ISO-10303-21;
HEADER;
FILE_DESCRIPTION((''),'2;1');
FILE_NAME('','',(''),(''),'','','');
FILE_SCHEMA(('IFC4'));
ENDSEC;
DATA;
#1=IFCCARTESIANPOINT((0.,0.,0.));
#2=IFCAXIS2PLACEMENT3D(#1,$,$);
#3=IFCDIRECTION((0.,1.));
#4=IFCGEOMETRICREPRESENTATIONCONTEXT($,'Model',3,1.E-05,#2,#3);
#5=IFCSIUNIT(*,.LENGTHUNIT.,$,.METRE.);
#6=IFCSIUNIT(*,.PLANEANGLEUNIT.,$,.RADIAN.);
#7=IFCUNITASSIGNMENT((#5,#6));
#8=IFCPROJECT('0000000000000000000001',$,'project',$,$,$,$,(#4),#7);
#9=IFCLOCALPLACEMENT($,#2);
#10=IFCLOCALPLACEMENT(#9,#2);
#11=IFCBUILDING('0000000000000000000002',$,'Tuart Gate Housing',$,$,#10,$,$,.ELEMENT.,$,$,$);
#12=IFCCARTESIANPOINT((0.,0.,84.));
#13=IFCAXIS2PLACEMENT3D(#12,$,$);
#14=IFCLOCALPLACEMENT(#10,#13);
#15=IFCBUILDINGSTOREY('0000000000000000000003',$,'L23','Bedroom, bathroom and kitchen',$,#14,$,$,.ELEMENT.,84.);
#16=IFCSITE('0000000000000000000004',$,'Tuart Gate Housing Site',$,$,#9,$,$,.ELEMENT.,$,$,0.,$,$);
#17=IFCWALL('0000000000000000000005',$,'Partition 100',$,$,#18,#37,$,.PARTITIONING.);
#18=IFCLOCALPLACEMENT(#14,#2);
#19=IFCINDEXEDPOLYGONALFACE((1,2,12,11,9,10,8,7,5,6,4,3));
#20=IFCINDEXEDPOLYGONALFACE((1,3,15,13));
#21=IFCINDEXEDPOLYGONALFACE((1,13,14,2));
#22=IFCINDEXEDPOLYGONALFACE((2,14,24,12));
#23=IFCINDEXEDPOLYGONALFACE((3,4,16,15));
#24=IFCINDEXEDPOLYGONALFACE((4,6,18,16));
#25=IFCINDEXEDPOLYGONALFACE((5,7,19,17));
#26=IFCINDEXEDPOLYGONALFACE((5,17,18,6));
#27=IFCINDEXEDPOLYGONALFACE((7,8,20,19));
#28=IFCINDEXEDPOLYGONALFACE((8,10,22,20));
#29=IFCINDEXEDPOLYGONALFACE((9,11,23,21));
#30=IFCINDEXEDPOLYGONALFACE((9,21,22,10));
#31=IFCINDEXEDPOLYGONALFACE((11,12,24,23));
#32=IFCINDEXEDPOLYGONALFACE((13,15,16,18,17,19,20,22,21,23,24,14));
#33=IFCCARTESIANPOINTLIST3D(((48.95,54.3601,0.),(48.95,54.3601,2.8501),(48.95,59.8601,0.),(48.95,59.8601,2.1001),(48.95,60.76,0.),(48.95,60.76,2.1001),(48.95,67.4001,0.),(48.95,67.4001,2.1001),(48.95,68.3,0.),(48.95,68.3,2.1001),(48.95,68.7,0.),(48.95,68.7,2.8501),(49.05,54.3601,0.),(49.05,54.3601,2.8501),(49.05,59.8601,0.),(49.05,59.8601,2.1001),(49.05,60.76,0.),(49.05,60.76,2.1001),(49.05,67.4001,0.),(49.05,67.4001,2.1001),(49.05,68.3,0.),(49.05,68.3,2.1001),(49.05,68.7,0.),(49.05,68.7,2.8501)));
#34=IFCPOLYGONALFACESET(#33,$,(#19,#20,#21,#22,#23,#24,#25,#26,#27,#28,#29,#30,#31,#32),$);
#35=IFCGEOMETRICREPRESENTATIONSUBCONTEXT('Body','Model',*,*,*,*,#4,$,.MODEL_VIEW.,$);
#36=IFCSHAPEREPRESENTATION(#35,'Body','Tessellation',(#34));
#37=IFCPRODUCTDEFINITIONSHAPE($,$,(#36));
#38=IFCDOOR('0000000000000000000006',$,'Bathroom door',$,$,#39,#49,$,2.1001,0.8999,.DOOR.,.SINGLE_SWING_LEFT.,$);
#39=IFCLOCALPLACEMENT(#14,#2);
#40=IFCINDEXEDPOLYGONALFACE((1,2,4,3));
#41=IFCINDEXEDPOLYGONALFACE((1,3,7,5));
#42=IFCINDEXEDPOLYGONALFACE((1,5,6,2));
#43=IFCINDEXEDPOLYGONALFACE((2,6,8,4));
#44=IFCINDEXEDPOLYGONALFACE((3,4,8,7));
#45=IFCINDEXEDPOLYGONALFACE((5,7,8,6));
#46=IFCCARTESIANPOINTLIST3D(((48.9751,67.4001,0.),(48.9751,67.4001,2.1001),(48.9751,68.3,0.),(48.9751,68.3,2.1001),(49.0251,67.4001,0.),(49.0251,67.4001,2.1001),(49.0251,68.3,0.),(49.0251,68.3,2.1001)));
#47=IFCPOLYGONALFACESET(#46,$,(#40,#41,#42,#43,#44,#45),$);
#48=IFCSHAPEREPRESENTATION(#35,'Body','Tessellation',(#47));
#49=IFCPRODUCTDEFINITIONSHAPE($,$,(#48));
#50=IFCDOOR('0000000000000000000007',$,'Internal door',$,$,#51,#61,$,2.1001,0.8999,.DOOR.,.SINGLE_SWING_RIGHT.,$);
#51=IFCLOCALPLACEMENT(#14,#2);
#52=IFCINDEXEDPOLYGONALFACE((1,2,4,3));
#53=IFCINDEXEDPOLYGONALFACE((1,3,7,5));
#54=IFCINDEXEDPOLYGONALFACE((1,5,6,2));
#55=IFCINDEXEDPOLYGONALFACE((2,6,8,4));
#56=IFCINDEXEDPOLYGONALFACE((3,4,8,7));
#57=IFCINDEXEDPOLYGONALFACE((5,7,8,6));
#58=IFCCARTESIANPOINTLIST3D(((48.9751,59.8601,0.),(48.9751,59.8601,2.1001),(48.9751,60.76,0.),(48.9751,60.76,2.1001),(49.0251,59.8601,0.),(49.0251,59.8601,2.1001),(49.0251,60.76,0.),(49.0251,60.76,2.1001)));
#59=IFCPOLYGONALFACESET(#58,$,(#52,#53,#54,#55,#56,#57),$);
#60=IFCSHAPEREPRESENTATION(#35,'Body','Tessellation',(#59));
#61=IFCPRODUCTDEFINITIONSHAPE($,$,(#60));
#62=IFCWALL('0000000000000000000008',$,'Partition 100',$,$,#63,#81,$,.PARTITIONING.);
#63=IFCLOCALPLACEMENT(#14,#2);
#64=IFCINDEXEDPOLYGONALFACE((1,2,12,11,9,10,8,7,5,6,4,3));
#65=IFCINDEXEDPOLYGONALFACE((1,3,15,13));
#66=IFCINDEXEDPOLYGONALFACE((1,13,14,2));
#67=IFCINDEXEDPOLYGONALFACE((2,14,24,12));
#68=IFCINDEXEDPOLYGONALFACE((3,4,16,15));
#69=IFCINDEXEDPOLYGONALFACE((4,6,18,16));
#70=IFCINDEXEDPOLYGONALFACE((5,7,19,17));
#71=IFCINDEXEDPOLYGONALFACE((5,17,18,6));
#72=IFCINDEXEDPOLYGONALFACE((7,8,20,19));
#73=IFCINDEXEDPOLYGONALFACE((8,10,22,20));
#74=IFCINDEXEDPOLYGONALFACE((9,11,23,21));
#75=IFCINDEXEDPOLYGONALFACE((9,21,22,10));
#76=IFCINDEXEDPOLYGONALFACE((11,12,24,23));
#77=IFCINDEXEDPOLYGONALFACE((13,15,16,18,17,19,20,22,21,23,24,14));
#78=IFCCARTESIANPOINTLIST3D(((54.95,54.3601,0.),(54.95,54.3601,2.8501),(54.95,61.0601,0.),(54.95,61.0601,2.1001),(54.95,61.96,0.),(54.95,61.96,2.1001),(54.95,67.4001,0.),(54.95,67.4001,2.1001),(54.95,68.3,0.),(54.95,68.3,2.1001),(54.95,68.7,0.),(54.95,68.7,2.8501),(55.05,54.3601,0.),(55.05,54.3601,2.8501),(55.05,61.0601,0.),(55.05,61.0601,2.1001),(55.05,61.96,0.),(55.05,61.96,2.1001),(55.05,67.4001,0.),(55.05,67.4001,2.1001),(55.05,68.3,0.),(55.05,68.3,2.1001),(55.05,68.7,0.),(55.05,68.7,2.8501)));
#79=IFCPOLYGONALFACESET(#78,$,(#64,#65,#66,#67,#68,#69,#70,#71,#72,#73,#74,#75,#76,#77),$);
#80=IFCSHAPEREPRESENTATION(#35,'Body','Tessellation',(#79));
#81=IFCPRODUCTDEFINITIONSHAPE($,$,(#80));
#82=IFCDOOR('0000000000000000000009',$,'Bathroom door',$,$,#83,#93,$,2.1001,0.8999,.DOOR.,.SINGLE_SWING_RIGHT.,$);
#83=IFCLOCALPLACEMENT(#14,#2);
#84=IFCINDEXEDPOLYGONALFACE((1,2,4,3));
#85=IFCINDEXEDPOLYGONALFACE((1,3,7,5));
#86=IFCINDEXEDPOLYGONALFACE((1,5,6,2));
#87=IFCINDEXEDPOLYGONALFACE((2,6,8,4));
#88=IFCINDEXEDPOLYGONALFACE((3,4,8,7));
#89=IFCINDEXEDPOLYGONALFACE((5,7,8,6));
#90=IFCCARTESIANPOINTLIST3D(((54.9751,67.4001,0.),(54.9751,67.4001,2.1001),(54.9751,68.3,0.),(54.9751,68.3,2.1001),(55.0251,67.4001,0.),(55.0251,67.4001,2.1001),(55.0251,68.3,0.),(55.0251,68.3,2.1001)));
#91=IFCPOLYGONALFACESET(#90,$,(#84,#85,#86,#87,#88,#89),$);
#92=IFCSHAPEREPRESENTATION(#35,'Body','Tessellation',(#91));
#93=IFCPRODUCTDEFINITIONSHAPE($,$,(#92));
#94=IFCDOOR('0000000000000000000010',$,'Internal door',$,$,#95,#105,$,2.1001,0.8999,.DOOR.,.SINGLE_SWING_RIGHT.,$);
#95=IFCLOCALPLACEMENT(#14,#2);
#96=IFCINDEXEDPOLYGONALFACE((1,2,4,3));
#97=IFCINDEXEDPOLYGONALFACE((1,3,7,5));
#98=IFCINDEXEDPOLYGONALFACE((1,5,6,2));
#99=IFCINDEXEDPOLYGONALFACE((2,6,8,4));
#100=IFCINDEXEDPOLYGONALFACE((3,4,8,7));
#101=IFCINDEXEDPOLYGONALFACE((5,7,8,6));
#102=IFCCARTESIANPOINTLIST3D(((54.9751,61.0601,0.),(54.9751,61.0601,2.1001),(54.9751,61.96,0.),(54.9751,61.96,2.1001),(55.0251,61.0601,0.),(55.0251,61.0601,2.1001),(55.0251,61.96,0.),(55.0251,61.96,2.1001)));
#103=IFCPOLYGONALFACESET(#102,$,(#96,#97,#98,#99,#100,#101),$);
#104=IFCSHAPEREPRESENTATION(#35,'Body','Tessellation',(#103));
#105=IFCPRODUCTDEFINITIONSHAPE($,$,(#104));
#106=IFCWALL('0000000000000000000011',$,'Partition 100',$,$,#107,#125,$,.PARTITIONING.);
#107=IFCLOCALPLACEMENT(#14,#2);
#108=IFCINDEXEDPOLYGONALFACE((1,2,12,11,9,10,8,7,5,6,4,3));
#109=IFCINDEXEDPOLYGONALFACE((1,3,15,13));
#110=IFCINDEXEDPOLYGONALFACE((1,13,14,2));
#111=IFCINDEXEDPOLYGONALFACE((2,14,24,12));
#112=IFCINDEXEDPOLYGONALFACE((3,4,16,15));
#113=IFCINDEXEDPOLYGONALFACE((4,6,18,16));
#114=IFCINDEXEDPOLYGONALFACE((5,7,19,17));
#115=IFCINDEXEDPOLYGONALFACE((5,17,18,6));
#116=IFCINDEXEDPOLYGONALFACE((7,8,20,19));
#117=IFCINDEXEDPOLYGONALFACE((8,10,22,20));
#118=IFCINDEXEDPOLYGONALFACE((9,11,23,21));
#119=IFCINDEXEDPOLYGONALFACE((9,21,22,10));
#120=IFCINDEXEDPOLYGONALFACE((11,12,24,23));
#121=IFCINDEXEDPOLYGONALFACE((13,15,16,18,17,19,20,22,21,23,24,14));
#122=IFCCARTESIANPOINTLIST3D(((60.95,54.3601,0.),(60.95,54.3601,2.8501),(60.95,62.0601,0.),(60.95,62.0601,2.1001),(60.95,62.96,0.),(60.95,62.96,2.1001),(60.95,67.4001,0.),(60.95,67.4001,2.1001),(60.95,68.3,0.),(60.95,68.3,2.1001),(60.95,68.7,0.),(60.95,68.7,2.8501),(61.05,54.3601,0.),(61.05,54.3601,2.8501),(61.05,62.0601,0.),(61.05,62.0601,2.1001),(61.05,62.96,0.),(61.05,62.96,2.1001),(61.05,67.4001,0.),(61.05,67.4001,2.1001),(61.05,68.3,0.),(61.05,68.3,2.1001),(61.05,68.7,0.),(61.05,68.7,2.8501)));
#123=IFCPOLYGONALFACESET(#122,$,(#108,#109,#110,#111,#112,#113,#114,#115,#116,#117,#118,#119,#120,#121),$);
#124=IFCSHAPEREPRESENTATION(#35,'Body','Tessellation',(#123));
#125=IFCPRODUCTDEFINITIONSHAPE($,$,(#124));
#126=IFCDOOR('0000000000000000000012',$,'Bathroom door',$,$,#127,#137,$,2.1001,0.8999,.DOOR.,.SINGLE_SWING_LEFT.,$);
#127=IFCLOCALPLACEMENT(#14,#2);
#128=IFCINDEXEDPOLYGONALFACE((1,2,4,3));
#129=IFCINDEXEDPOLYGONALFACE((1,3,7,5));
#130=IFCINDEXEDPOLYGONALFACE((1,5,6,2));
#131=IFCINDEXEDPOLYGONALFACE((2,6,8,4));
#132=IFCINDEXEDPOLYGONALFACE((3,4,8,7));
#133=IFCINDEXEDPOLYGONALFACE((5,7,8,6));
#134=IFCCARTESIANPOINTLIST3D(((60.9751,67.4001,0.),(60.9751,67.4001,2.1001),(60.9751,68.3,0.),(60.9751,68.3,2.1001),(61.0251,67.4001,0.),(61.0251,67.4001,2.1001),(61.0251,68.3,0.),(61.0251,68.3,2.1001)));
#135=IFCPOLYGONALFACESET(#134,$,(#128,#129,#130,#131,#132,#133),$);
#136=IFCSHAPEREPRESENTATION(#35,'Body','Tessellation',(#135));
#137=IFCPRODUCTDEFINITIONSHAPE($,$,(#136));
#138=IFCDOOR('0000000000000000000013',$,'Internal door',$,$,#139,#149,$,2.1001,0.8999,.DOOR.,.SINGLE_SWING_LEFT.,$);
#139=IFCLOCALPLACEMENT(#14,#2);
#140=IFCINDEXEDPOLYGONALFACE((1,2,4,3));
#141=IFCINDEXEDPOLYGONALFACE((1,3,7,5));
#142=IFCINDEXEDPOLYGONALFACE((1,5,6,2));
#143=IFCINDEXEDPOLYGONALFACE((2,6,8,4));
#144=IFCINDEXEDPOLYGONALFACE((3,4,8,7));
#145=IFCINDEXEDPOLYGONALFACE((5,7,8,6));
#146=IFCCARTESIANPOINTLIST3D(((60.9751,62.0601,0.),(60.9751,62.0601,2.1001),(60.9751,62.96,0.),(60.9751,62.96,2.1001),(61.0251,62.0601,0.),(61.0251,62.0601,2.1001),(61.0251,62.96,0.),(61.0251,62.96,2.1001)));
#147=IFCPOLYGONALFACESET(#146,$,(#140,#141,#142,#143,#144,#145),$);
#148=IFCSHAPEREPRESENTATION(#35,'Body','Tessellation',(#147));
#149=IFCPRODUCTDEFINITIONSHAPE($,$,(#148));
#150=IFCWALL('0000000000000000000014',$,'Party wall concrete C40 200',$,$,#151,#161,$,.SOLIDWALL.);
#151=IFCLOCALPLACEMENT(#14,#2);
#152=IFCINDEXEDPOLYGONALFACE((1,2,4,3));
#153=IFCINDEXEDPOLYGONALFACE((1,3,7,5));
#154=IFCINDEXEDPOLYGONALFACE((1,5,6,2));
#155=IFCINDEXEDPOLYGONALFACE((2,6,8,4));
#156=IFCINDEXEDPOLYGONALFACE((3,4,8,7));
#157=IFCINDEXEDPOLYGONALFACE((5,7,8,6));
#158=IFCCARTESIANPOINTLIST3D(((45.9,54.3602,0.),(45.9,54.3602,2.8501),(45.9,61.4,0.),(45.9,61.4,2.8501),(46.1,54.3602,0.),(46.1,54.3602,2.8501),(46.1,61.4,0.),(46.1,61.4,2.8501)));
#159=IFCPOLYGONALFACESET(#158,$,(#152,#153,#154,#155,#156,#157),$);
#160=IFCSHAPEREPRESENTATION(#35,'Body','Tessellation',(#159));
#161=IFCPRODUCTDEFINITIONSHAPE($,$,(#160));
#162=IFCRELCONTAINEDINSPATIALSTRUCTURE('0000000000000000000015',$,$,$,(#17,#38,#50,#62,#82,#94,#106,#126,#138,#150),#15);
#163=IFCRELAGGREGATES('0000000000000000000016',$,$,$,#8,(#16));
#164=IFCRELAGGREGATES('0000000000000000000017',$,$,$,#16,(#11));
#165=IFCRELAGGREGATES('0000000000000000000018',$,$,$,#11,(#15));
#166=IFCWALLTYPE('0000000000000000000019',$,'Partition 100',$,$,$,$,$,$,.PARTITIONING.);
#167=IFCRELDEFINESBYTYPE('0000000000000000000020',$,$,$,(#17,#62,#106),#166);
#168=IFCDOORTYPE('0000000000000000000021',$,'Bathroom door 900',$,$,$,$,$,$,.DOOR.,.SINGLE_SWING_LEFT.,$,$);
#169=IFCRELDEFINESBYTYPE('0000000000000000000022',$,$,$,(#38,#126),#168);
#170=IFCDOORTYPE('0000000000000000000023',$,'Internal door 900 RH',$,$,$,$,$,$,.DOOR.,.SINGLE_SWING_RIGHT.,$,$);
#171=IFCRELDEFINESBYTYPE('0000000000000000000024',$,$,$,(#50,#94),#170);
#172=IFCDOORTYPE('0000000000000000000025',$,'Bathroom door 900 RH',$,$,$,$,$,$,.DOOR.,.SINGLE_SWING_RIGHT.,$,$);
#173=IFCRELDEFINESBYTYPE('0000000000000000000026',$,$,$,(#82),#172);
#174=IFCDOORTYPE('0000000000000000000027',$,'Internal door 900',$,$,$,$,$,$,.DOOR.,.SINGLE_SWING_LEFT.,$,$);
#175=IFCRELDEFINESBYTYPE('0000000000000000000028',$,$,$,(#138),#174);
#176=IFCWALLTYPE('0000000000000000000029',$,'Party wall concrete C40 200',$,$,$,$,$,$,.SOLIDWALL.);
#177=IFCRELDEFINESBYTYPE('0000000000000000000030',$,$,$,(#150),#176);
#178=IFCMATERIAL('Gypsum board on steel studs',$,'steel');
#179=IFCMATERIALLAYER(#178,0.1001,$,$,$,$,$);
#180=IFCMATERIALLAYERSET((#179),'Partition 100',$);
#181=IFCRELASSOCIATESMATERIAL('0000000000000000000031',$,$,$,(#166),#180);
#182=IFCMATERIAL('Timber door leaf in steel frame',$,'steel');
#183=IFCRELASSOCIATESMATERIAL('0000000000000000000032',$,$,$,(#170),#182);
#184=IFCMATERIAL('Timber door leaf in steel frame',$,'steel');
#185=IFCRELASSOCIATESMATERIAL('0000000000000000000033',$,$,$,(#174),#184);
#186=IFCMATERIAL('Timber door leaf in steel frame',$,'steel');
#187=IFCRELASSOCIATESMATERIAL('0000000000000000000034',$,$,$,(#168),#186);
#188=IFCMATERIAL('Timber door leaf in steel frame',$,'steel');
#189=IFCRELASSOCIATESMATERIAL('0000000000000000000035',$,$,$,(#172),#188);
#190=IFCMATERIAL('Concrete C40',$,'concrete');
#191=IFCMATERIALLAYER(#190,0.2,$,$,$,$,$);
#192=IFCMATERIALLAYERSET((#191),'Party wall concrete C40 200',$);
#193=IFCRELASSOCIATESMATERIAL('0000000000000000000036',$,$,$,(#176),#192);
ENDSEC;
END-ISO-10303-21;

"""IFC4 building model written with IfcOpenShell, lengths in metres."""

from ifc_helpers import new_model, si_unit, direction, frame, frame_2d, origin, place, context, subcontext, project, spatial, rectangle, extrude, material, layer, layer_set, type_object, element, fill, save


model = new_model("IFC4")

# Units and contexts
model_context = context("Model", 3, precision=1e-05, world=origin(), true_north=direction((0.0, 1.0)))
body_context = subcontext(model_context, "Body", "Model", "MODEL_VIEW")
ifc_project = project(units=[si_unit("LENGTHUNIT", "METRE"), si_unit("PLANEANGLEUNIT", "RADIAN")], contexts=[model_context])

# Site, building, storey
site_placement = place(None, origin())
site = spatial("IfcSite", under=ifc_project, at=site_placement, Name="Tuart Gate Housing Site", CompositionType="ELEMENT", RefElevation=0.0)
building_placement = place(site_placement, origin())
building = spatial("IfcBuilding", under=site, at=building_placement, Name="Tuart Gate Housing", CompositionType="ELEMENT")
storey_placement = place(building_placement, frame((0.0, 0.0, 84.0)))
storey = spatial("IfcBuildingStorey", under=building, at=storey_placement, Name="L23", Description="Bedroom, bathroom and kitchen", CompositionType="ELEMENT", Elevation=84.0)

# Shared definitions
ifc_material_1 = material(Name="Gypsum board on steel studs", Category="steel")
ifc_layer_1 = layer(ifc_material_1, 0.1001)
ifc_layer_set_1 = layer_set([ifc_layer_1], Name="Partition 100")
wall_type_1 = type_object("IfcWallType", Name="Partition 100", PredefinedType="PARTITIONING", material=ifc_layer_set_1)
ifc_material_2 = material(Name="Timber door leaf in steel frame", Category="steel")
door_type_1 = type_object("IfcDoorType", Name="Internal door 900 RH", OperationType="SINGLE_SWING_RIGHT", PredefinedType="DOOR", material=ifc_material_2)
ifc_material_3 = material(Name="Timber door leaf in steel frame", Category="steel")
door_type_2 = type_object("IfcDoorType", Name="Internal door 900", OperationType="SINGLE_SWING_LEFT", PredefinedType="DOOR", material=ifc_material_3)

# Walls, openings, doors
wall_1_placement = place(storey_placement, frame((49.0, 54.3601, 0.0), z_axis=(0.0, 0.0, 1.0), x_axis=(0.0, 1.0, 0.0)))
wall_1 = element("IfcWall", 1, at=wall_1_placement, inside=storey, type_object=wall_type_1, Name="Partition 100", PredefinedType="PARTITIONING", context=body_context, shape_type="SweptSolid", body=[
    extrude(rectangle(XDim=14.3398, YDim=0.1001, at=frame_2d((7.1699, 0.0))), origin(), (0.0, 0.0, 1.0), 2.8501),
])
opening_1_placement = place(wall_1_placement, frame((5.5, 0.0, 0.0)))
opening_1 = element("IfcOpeningElement", 2, at=opening_1_placement, cuts=wall_1, PredefinedType="OPENING", context=body_context, shape_type="SweptSolid", body=[
    extrude(rectangle(XDim=0.8999, YDim=2.1001, at=frame_2d((0.45, 1.05))), frame((0.0, 0.0601, 0.0), z_axis=(0.0, -1.0, 0.0), x_axis=(1.0, 0.0, 0.0)), (0.0, 0.0, 1.0), 0.1201),
])
opening_2_placement = place(wall_1_placement, frame((13.04, 0.0, 0.0)))
opening_2 = element("IfcOpeningElement", 3, at=opening_2_placement, cuts=wall_1, PredefinedType="OPENING", context=body_context, shape_type="SweptSolid", body=[
    extrude(rectangle(XDim=0.8999, YDim=2.1001, at=frame_2d((0.45, 1.05))), frame((0.0, 0.0601, 0.0), z_axis=(0.0, -1.0, 0.0), x_axis=(1.0, 0.0, 0.0)), (0.0, 0.0, 1.0), 0.1201),
])
ifc_material_4 = material(Name="Timber door leaf in steel frame", Category="steel")
door_type_3 = type_object("IfcDoorType", Name="Bathroom door 900", OperationType="SINGLE_SWING_LEFT", PredefinedType="DOOR", material=ifc_material_4)
door_1_placement = place(opening_2_placement, frame((0.8999, 0.0, 0.0), z_axis=(0.0, 0.0, 1.0), x_axis=(-1.0, 0.0, 0.0)))
door_1 = element("IfcDoor", 4, at=door_1_placement, inside=storey, type_object=door_type_3, Name="Bathroom door", OperationType="SINGLE_SWING_LEFT", OverallHeight=2.1001, OverallWidth=0.8999, PredefinedType="DOOR", context=body_context, shape_type="SweptSolid", body=[
    extrude(rectangle(XDim=0.8999, YDim=2.1001, at=frame_2d((0.45, 1.05))), frame((0.0, 0.0251, 0.0), z_axis=(0.0, -1.0, 0.0), x_axis=(1.0, 0.0, 0.0)), (0.0, 0.0, 1.0), 0.05),
])
fill(opening_2, door_1)
door_2_placement = place(opening_1_placement, frame((0.8999, 0.0, 0.0), z_axis=(0.0, 0.0, 1.0), x_axis=(-1.0, 0.0, 0.0)))
door_2 = element("IfcDoor", 5, at=door_2_placement, inside=storey, type_object=door_type_1, Name="Internal door", OperationType="SINGLE_SWING_RIGHT", OverallHeight=2.1001, OverallWidth=0.8999, PredefinedType="DOOR", context=body_context, shape_type="SweptSolid", body=[
    extrude(rectangle(XDim=0.8999, YDim=2.1001, at=frame_2d((0.45, 1.05))), frame((0.0, 0.0251, 0.0), z_axis=(0.0, -1.0, 0.0), x_axis=(1.0, 0.0, 0.0)), (0.0, 0.0, 1.0), 0.05),
])
fill(opening_1, door_2)
wall_2_placement = place(storey_placement, frame((55.0, 54.3601, 0.0), z_axis=(0.0, 0.0, 1.0), x_axis=(0.0, 1.0, 0.0)))
wall_2 = element("IfcWall", 6, at=wall_2_placement, inside=storey, type_object=wall_type_1, Name="Partition 100", PredefinedType="PARTITIONING", context=body_context, shape_type="SweptSolid", body=[
    extrude(rectangle(XDim=14.3398, YDim=0.1001, at=frame_2d((7.1699, 0.0))), origin(), (0.0, 0.0, 1.0), 2.8501),
])
opening_3_placement = place(wall_2_placement, frame((6.7, 0.0, 0.0)))
opening_3 = element("IfcOpeningElement", 7, at=opening_3_placement, cuts=wall_2, PredefinedType="OPENING", context=body_context, shape_type="SweptSolid", body=[
    extrude(rectangle(XDim=0.8999, YDim=2.1001, at=frame_2d((0.45, 1.05))), frame((0.0, 0.0601, 0.0), z_axis=(0.0, -1.0, 0.0), x_axis=(1.0, 0.0, 0.0)), (0.0, 0.0, 1.0), 0.1201),
])
opening_4_placement = place(wall_2_placement, frame((13.04, 0.0, 0.0)))
opening_4 = element("IfcOpeningElement", 8, at=opening_4_placement, cuts=wall_2, PredefinedType="OPENING", context=body_context, shape_type="SweptSolid", body=[
    extrude(rectangle(XDim=0.8999, YDim=2.1001, at=frame_2d((0.45, 1.05))), frame((0.0, 0.0601, 0.0), z_axis=(0.0, -1.0, 0.0), x_axis=(1.0, 0.0, 0.0)), (0.0, 0.0, 1.0), 0.1201),
])
ifc_material_5 = material(Name="Timber door leaf in steel frame", Category="steel")
door_type_4 = type_object("IfcDoorType", Name="Bathroom door 900 RH", OperationType="SINGLE_SWING_RIGHT", PredefinedType="DOOR", material=ifc_material_5)
door_3_placement = place(opening_4_placement, origin())
door_3 = element("IfcDoor", 9, at=door_3_placement, inside=storey, type_object=door_type_4, Name="Bathroom door", OperationType="SINGLE_SWING_RIGHT", OverallHeight=2.1001, OverallWidth=0.8999, PredefinedType="DOOR", context=body_context, shape_type="SweptSolid", body=[
    extrude(rectangle(XDim=0.8999, YDim=2.1001, at=frame_2d((0.45, 1.05))), frame((0.0, 0.0249, 0.0), z_axis=(0.0, -1.0, 0.0), x_axis=(1.0, 0.0, 0.0)), (0.0, 0.0, 1.0), 0.05),
])
fill(opening_4, door_3)
door_4_placement = place(opening_3_placement, origin())
door_4 = element("IfcDoor", 10, at=door_4_placement, inside=storey, type_object=door_type_1, Name="Internal door", OperationType="SINGLE_SWING_RIGHT", OverallHeight=2.1001, OverallWidth=0.8999, PredefinedType="DOOR", context=body_context, shape_type="SweptSolid", body=[
    extrude(rectangle(XDim=0.8999, YDim=2.1001, at=frame_2d((0.45, 1.05))), frame((0.0, 0.0249, 0.0), z_axis=(0.0, -1.0, 0.0), x_axis=(1.0, 0.0, 0.0)), (0.0, 0.0, 1.0), 0.05),
])
fill(opening_3, door_4)
wall_3_placement = place(storey_placement, frame((61.0, 54.3601, 0.0), z_axis=(0.0, 0.0, 1.0), x_axis=(0.0, 1.0, 0.0)))
wall_3 = element("IfcWall", 11, at=wall_3_placement, inside=storey, type_object=wall_type_1, Name="Partition 100", PredefinedType="PARTITIONING", context=body_context, shape_type="SweptSolid", body=[
    extrude(rectangle(XDim=14.3398, YDim=0.1001, at=frame_2d((7.1699, 0.0))), origin(), (0.0, 0.0, 1.0), 2.8501),
])
opening_5_placement = place(wall_3_placement, frame((7.7, 0.0, 0.0)))
opening_5 = element("IfcOpeningElement", 12, at=opening_5_placement, cuts=wall_3, PredefinedType="OPENING", context=body_context, shape_type="SweptSolid", body=[
    extrude(rectangle(XDim=0.8999, YDim=2.1001, at=frame_2d((0.45, 1.05))), frame((0.0, 0.0601, 0.0), z_axis=(0.0, -1.0, 0.0), x_axis=(1.0, 0.0, 0.0)), (0.0, 0.0, 1.0), 0.1201),
])
opening_6_placement = place(wall_3_placement, frame((13.04, 0.0, 0.0)))
opening_6 = element("IfcOpeningElement", 13, at=opening_6_placement, cuts=wall_3, PredefinedType="OPENING", context=body_context, shape_type="SweptSolid", body=[
    extrude(rectangle(XDim=0.8999, YDim=2.1001, at=frame_2d((0.45, 1.05))), frame((0.0, 0.0601, 0.0), z_axis=(0.0, -1.0, 0.0), x_axis=(1.0, 0.0, 0.0)), (0.0, 0.0, 1.0), 0.1201),
])
door_5_placement = place(opening_6_placement, frame((0.8999, 0.0, 0.0), z_axis=(0.0, 0.0, 1.0), x_axis=(-1.0, 0.0, 0.0)))
door_5 = element("IfcDoor", 14, at=door_5_placement, inside=storey, type_object=door_type_3, Name="Bathroom door", OperationType="SINGLE_SWING_LEFT", OverallHeight=2.1001, OverallWidth=0.8999, PredefinedType="DOOR", context=body_context, shape_type="SweptSolid", body=[
    extrude(rectangle(XDim=0.8999, YDim=2.1001, at=frame_2d((0.45, 1.05))), frame((0.0, 0.0251, 0.0), z_axis=(0.0, -1.0, 0.0), x_axis=(1.0, 0.0, 0.0)), (0.0, 0.0, 1.0), 0.05),
])
fill(opening_6, door_5)
door_6_placement = place(opening_5_placement, frame((0.8999, 0.0, 0.0), z_axis=(0.0, 0.0, 1.0), x_axis=(-1.0, 0.0, 0.0)))
door_6 = element("IfcDoor", 15, at=door_6_placement, inside=storey, type_object=door_type_2, Name="Internal door", OperationType="SINGLE_SWING_LEFT", OverallHeight=2.1001, OverallWidth=0.8999, PredefinedType="DOOR", context=body_context, shape_type="SweptSolid", body=[
    extrude(rectangle(XDim=0.8999, YDim=2.1001, at=frame_2d((0.45, 1.05))), frame((0.0, 0.0251, 0.0), z_axis=(0.0, -1.0, 0.0), x_axis=(1.0, 0.0, 0.0)), (0.0, 0.0, 1.0), 0.05),
])
fill(opening_5, door_6)

# Wall
ifc_material_6 = material(Name="Concrete C40", Category="concrete")
ifc_layer_2 = layer(ifc_material_6, 0.2)
ifc_layer_set_2 = layer_set([ifc_layer_2], Name="Party wall concrete C40 200")
wall_type_2 = type_object("IfcWallType", Name="Party wall concrete C40 200", PredefinedType="SOLIDWALL", material=ifc_layer_set_2)
wall_4_placement = place(storey_placement, frame((46.0, 54.3601, 0.0), z_axis=(0.0, 0.0, 1.0), x_axis=(0.0, 1.0, 0.0)))
element("IfcWall", 16, at=wall_4_placement, inside=storey, type_object=wall_type_2, Name="Party wall concrete C40 200", PredefinedType="SOLIDWALL", context=body_context, shape_type="SweptSolid", body=[
    extrude(rectangle(XDim=7.0398, YDim=0.2, at=frame_2d((3.52, 0.0))), origin(), (0.0, 0.0, 1.0), 2.8501),
])

save(model, "model.ifc")
